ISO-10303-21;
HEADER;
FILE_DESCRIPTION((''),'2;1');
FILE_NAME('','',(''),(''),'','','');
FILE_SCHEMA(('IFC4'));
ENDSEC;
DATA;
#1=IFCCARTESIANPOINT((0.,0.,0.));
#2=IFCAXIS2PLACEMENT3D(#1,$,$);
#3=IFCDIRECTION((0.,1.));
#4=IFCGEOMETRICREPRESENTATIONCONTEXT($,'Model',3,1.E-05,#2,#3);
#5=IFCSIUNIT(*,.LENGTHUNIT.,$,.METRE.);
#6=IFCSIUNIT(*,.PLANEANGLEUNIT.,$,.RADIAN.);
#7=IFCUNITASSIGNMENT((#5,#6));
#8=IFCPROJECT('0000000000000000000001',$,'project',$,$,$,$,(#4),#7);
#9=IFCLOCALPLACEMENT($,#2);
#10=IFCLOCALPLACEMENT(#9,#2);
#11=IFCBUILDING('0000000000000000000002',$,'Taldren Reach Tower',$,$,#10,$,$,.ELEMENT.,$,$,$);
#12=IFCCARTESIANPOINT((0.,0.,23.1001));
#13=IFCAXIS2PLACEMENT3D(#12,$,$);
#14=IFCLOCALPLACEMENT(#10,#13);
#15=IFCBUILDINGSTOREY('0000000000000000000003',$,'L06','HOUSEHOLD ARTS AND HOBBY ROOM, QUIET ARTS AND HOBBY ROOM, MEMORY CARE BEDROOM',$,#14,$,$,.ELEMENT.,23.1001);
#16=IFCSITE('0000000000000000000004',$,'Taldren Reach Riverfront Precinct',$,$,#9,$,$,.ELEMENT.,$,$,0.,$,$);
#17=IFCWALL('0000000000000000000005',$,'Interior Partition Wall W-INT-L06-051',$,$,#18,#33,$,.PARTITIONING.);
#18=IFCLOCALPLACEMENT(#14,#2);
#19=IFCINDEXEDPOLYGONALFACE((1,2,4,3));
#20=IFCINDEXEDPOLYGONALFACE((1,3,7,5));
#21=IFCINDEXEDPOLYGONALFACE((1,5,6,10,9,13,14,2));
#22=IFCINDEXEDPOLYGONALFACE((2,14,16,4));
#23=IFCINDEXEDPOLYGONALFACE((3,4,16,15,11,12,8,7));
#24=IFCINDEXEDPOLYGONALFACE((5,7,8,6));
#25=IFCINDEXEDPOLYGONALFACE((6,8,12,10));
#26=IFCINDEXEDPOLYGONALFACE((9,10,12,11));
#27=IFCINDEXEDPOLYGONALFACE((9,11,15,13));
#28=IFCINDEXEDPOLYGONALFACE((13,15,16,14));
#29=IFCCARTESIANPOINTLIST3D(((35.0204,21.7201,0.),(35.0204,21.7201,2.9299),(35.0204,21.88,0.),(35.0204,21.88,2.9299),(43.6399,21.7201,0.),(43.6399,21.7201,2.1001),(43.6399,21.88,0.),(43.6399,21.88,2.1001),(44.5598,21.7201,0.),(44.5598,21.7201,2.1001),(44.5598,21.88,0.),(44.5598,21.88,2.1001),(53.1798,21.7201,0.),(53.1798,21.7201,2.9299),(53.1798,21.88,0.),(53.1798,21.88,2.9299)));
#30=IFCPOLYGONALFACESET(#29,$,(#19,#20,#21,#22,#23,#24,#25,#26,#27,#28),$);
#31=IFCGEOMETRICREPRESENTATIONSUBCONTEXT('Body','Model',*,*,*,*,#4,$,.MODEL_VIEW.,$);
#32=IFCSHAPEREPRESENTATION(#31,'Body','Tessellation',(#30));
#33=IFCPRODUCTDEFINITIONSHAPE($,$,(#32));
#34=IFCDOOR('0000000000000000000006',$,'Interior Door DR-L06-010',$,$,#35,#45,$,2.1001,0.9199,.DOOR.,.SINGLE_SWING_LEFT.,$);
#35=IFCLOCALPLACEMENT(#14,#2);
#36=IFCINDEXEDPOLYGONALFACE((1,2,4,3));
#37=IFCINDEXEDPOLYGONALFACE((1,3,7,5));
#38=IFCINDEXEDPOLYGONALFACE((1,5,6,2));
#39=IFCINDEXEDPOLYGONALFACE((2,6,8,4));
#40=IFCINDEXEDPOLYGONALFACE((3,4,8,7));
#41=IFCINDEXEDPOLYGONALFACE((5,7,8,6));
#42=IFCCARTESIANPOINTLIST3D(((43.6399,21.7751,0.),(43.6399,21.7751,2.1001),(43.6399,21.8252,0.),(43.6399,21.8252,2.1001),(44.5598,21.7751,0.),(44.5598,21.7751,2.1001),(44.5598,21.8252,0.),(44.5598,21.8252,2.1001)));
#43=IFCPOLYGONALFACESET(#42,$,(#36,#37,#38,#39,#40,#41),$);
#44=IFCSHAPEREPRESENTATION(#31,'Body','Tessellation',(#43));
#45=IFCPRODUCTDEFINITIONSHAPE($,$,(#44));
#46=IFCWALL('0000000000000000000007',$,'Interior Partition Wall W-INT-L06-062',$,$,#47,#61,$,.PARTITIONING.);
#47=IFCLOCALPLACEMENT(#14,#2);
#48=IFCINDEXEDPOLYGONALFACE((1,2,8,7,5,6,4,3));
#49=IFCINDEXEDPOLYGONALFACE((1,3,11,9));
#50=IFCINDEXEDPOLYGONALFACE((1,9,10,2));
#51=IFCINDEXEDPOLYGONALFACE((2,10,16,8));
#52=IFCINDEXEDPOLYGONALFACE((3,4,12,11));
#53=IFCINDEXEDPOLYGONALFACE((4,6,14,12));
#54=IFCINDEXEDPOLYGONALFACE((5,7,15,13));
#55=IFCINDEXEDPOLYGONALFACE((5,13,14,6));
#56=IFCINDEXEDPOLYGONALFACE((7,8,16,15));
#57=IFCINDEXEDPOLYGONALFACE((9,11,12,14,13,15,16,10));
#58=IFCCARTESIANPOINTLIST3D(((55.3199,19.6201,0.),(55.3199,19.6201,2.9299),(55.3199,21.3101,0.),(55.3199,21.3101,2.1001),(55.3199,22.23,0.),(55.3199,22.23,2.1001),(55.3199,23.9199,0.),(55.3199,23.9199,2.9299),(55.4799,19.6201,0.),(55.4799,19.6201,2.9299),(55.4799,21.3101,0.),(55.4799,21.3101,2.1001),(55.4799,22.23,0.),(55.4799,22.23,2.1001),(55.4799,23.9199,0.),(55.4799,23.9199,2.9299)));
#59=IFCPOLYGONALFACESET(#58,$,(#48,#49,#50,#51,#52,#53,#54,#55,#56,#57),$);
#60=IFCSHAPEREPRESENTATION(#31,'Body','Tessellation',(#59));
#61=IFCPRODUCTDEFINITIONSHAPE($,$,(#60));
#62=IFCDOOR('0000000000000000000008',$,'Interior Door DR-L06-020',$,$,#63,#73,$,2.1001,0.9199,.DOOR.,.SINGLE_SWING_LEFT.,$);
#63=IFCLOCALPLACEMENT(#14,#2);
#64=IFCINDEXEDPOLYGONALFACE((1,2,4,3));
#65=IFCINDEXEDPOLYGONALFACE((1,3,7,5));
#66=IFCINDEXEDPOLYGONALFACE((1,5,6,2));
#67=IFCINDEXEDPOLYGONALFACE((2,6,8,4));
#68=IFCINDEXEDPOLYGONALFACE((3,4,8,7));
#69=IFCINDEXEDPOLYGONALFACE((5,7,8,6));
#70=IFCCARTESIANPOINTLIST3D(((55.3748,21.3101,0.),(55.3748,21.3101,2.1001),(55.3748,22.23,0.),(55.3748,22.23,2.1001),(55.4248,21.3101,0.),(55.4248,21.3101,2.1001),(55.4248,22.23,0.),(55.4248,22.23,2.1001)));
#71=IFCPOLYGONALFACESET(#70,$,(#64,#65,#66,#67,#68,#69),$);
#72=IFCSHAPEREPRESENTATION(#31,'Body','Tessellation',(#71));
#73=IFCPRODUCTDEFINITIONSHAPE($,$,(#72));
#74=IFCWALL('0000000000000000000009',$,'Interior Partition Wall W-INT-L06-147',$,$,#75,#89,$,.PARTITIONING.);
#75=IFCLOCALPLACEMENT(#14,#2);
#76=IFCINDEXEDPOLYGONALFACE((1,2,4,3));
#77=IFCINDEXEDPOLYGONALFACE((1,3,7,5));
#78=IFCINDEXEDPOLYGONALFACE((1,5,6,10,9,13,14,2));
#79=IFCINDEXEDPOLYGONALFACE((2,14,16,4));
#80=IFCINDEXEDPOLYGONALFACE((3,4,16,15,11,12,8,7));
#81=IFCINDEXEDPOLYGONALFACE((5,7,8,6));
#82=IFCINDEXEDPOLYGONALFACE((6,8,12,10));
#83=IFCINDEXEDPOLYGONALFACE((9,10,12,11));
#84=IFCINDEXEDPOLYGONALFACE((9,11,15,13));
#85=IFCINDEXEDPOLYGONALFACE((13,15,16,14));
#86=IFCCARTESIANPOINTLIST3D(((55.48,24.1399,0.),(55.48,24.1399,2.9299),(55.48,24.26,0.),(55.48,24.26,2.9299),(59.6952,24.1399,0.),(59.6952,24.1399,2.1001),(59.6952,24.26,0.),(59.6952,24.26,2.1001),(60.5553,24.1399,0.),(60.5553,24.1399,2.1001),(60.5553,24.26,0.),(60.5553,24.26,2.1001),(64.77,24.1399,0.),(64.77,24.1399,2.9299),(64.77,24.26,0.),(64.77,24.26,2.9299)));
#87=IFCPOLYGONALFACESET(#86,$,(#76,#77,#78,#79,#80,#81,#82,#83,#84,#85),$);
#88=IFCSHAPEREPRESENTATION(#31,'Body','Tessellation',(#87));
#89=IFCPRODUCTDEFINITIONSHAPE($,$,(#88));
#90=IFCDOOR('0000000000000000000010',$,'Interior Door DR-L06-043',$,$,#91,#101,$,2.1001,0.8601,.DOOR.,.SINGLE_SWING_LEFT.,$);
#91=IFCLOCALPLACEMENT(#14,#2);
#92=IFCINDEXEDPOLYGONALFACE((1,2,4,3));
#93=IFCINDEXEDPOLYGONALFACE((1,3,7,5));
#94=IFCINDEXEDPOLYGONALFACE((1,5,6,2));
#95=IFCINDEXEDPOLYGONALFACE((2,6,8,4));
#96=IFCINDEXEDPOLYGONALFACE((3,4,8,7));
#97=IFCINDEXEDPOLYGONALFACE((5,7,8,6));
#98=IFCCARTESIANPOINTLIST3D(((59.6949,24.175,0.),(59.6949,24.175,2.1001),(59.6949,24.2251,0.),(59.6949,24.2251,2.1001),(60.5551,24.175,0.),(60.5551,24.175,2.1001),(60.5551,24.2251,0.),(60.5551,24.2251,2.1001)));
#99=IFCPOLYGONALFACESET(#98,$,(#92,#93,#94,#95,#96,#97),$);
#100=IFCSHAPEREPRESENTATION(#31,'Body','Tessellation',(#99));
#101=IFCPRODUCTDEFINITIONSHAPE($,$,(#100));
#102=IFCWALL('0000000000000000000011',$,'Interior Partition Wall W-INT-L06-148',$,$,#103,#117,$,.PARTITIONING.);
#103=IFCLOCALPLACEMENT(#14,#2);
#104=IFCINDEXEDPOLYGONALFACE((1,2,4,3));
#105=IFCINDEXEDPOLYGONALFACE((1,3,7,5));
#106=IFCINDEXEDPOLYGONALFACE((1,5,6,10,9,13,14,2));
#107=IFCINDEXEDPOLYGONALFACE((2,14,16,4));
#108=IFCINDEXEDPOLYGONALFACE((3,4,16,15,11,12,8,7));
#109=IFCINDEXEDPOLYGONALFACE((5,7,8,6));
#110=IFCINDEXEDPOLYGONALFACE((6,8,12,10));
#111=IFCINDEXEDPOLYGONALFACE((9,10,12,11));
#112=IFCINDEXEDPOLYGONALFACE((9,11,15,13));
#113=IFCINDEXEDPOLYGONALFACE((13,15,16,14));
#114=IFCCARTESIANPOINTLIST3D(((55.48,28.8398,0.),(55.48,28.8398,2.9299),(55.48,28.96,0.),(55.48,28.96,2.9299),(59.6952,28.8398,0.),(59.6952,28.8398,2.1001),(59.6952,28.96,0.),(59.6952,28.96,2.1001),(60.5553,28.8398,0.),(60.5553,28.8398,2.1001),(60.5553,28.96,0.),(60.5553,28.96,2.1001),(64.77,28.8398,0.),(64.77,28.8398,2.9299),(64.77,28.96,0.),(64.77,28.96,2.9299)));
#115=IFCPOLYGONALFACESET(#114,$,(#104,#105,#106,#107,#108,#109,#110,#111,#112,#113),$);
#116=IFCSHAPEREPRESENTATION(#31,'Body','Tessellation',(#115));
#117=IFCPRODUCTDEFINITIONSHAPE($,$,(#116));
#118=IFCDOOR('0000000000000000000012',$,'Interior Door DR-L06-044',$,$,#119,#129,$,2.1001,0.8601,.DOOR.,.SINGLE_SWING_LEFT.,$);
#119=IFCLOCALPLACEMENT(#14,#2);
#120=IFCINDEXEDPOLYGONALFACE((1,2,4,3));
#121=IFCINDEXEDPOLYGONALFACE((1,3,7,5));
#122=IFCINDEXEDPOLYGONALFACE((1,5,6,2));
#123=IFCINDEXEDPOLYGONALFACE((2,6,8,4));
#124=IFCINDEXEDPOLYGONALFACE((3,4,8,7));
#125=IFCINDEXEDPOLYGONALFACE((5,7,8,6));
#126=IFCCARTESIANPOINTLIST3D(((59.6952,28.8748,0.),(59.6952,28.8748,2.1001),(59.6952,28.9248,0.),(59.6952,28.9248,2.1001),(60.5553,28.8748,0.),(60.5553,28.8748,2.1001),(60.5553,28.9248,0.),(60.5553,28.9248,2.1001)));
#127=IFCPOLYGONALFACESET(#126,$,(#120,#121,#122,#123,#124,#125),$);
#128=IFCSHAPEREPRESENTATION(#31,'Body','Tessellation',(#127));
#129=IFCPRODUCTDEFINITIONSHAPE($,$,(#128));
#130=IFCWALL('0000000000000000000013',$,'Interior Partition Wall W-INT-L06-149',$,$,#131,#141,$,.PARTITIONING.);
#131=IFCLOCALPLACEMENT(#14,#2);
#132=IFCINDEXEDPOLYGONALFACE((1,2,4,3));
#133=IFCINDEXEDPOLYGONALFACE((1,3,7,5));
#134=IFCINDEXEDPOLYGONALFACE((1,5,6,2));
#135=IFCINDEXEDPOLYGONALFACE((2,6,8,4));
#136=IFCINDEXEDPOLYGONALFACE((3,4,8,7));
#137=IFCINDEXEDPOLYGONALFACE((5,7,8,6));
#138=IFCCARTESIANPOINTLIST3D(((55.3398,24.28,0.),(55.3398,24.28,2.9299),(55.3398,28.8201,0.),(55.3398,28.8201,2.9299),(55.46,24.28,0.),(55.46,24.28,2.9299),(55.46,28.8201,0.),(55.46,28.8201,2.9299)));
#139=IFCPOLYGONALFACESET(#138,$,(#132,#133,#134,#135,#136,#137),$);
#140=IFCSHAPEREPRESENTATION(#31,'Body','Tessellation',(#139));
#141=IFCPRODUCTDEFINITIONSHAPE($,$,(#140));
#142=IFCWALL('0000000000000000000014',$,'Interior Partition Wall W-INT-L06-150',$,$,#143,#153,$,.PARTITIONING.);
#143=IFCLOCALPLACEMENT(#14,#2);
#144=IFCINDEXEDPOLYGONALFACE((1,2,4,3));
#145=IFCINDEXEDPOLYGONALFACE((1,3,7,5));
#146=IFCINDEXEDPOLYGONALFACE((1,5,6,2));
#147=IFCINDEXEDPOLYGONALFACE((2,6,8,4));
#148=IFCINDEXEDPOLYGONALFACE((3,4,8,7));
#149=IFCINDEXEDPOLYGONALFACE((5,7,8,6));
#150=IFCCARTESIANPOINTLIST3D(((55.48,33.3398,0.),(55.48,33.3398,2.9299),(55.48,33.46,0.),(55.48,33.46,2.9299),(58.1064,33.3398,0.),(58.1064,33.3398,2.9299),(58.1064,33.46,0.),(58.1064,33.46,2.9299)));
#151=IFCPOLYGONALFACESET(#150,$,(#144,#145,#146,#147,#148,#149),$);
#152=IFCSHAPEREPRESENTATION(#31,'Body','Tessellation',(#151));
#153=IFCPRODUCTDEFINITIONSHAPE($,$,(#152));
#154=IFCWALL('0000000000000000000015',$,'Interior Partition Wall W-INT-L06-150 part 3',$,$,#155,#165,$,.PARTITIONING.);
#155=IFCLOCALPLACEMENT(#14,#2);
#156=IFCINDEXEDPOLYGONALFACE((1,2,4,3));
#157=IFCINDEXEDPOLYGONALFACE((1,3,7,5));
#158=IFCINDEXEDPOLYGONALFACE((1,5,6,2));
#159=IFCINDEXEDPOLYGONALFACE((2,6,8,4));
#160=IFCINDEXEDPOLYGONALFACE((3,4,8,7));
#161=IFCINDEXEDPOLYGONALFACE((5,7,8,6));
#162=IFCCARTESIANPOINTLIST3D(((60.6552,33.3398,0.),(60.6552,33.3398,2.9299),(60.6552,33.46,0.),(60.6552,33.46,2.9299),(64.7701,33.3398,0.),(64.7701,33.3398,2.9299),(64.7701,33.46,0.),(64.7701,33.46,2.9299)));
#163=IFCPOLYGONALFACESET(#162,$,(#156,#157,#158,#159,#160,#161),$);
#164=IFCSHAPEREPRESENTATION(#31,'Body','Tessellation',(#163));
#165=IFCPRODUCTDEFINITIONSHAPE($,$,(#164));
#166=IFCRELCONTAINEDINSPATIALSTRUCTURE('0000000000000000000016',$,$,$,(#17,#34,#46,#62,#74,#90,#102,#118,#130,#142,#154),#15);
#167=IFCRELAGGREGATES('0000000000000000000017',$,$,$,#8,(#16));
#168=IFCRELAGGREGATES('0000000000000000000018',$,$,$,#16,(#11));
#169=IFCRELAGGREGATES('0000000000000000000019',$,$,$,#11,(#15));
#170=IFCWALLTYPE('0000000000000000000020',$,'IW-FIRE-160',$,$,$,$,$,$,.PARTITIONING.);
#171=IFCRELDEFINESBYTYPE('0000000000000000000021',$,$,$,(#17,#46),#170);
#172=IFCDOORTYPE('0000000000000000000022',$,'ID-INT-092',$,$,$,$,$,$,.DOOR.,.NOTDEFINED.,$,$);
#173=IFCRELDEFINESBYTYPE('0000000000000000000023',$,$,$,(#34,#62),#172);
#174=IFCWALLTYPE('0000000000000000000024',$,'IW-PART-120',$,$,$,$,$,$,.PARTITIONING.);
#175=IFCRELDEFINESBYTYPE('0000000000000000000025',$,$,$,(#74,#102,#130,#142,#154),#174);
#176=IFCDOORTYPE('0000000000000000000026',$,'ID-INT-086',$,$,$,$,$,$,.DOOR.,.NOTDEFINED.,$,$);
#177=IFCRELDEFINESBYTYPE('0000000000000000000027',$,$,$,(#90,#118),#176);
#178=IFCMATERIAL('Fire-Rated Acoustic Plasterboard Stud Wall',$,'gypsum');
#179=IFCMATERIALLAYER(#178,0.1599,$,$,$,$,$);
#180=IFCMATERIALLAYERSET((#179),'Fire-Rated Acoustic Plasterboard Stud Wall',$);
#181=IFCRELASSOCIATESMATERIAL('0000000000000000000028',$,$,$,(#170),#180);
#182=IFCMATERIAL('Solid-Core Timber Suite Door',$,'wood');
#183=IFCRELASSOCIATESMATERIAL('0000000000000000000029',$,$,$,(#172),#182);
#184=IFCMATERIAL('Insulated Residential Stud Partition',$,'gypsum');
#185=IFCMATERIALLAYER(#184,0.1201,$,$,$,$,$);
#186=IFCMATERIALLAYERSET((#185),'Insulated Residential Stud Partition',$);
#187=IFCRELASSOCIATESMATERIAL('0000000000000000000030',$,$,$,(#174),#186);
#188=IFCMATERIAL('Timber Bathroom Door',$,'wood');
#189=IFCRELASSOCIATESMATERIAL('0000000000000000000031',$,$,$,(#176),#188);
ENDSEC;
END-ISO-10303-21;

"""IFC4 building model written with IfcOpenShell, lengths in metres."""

from ifc_helpers import new_model, si_unit, direction, frame, frame_2d, origin, place, context, subcontext, project, spatial, rectangle, extrude, source, transform, mapped, material, layer, layer_set, type_object, element, fill, save


model = new_model("IFC4")

# Units and contexts
model_context = context("Model", 3, precision=1e-05, world=origin(), true_north=direction((0.0, 1.0)))
body_context = subcontext(model_context, "Body", "Model", "MODEL_VIEW")
ifc_project = project(units=[si_unit("LENGTHUNIT", "METRE"), si_unit("PLANEANGLEUNIT", "RADIAN")], contexts=[model_context])

# Site, building, storey
site_placement = place(None, origin())
site = spatial("IfcSite", under=ifc_project, at=site_placement, Name="Taldren Reach Riverfront Precinct", CompositionType="ELEMENT", RefElevation=0.0)
building_placement = place(site_placement, origin())
building = spatial("IfcBuilding", under=site, at=building_placement, Name="Taldren Reach Tower", CompositionType="ELEMENT")
storey_placement = place(building_placement, frame((0.0, 0.0, 23.1001)))
storey = spatial("IfcBuildingStorey", under=building, at=storey_placement, Name="L06", Description="HOUSEHOLD ARTS AND HOBBY ROOM, QUIET ARTS AND HOBBY ROOM, MEMORY CARE BEDROOM", CompositionType="ELEMENT", Elevation=23.1001)

# Shared definitions
ifc_material_1 = material(Name="Fire-Rated Acoustic Plasterboard Stud Wall", Category="gypsum")
ifc_layer_1 = layer(ifc_material_1, 0.1599)
ifc_layer_set_1 = layer_set([ifc_layer_1], Name="Fire-Rated Acoustic Plasterboard Stud Wall")
wall_type_1 = type_object("IfcWallType", Name="IW-FIRE-160", PredefinedType="PARTITIONING", material=ifc_layer_set_1)

# Walls, openings, doors
shared_shape_1 = source(origin(), body_context, "Body", "SweptSolid", [
    extrude(rectangle(XDim=18.1594, YDim=0.1599, at=frame_2d((9.0796, 0.0))), origin(), (0.0, 0.0, 1.0), 2.9299),
])
wall_1_placement = place(storey_placement, frame((53.1797, 21.8, 0.0), z_axis=(0.0, 0.0, 1.0), x_axis=(-1.0, 0.0, 0.0)))
wall_1 = element("IfcWall", 1, at=wall_1_placement, inside=storey, type_object=wall_type_1, Name="Interior Partition Wall W-INT-L06-051", PredefinedType="PARTITIONING", context=body_context, shape_type="MappedRepresentation", body=[
    mapped(shared_shape_1, transform((0.0, 0.0, 0.0), scale=1.0)),
])
shared_shape_2 = source(origin(), body_context, "Body", "SweptSolid", [
    extrude(rectangle(XDim=0.9199, YDim=2.1001, at=frame_2d((0.46, 1.05))), frame((0.0, 0.0898, 0.0), z_axis=(0.0, -1.0, 0.0), x_axis=(1.0, 0.0, 0.0)), (0.0, 0.0, 1.0), 0.1799),
])
opening_1_placement = place(wall_1_placement, frame((8.6199, 0.0, 0.0)))
opening_1 = element("IfcOpeningElement", 2, at=opening_1_placement, cuts=wall_1, PredefinedType="OPENING", context=body_context, shape_type="MappedRepresentation", body=[
    mapped(shared_shape_2, transform((0.0, 0.0, 0.0), scale=1.0)),
])
ifc_material_2 = material(Name="Solid-Core Timber Suite Door", Category="wood")
door_type_1 = type_object("IfcDoorType", Name="ID-INT-092", OperationType="NOTDEFINED", PredefinedType="DOOR", material=ifc_material_2)
shared_shape_3 = source(origin(), body_context, "Body", "SweptSolid", [
    extrude(rectangle(XDim=0.9199, YDim=2.1001, at=frame_2d((0.46, 1.05))), frame((0.0, 0.0249, 0.0), z_axis=(0.0, -1.0, 0.0), x_axis=(1.0, 0.0, 0.0)), (0.0, 0.0, 1.0), 0.05),
])
door_1_placement = place(opening_1_placement, origin())
door_1 = element("IfcDoor", 3, at=door_1_placement, inside=storey, type_object=door_type_1, Name="Interior Door DR-L06-010", OperationType="SINGLE_SWING_LEFT", OverallHeight=2.1001, OverallWidth=0.9199, PredefinedType="DOOR", context=body_context, shape_type="MappedRepresentation", body=[
    mapped(shared_shape_3, transform((0.0, 0.0, 0.0), scale=1.0)),
])
fill(opening_1, door_1)
shared_shape_4 = source(origin(), body_context, "Body", "SweptSolid", [
    extrude(rectangle(XDim=4.2998, YDim=0.1599, at=frame_2d((2.1499, 0.0))), origin(), (0.0, 0.0, 1.0), 2.9299),
])
wall_2_placement = place(storey_placement, frame((55.3999, 23.9199, 0.0), z_axis=(0.0, 0.0, 1.0), x_axis=(0.0, -1.0, 0.0)))
wall_2 = element("IfcWall", 4, at=wall_2_placement, inside=storey, type_object=wall_type_1, Name="Interior Partition Wall W-INT-L06-062", PredefinedType="PARTITIONING", context=body_context, shape_type="MappedRepresentation", body=[
    mapped(shared_shape_4, transform((0.0, 0.0, 0.0), scale=1.0)),
])
opening_2_placement = place(wall_2_placement, frame((1.6899, 0.0, 0.0)))
opening_2 = element("IfcOpeningElement", 5, at=opening_2_placement, cuts=wall_2, PredefinedType="OPENING", context=body_context, shape_type="MappedRepresentation", body=[
    mapped(shared_shape_2, transform((0.0, 0.0, 0.0), scale=1.0)),
])
door_2_placement = place(opening_2_placement, origin())
door_2 = element("IfcDoor", 6, at=door_2_placement, inside=storey, type_object=door_type_1, Name="Interior Door DR-L06-020", OperationType="SINGLE_SWING_LEFT", OverallHeight=2.1001, OverallWidth=0.9199, PredefinedType="DOOR", context=body_context, shape_type="MappedRepresentation", body=[
    mapped(shared_shape_3, transform((0.0, 0.0, 0.0), scale=1.0)),
])
fill(opening_2, door_2)
ifc_material_3 = material(Name="Insulated Residential Stud Partition", Category="gypsum")
ifc_layer_2 = layer(ifc_material_3, 0.1201)
ifc_layer_set_2 = layer_set([ifc_layer_2], Name="Insulated Residential Stud Partition")
wall_type_2 = type_object("IfcWallType", Name="IW-PART-120", PredefinedType="PARTITIONING", material=ifc_layer_set_2)
shared_shape_5 = source(origin(), body_context, "Body", "SweptSolid", [
    extrude(rectangle(XDim=9.29, YDim=0.1201, at=frame_2d((4.645, 0.0))), origin(), (0.0, 0.0, 1.0), 2.9299),
])
wall_3_placement = place(storey_placement, frame((55.48, 24.2, 0.0), z_axis=(0.0, 0.0, 1.0), x_axis=(1.0, 0.0, 0.0)))
wall_3 = element("IfcWall", 7, at=wall_3_placement, inside=storey, type_object=wall_type_2, Name="Interior Partition Wall W-INT-L06-147", PredefinedType="PARTITIONING", context=body_context, shape_type="MappedRepresentation", body=[
    mapped(shared_shape_5, transform((0.0, 0.0, 0.0), scale=1.0)),
])
shared_shape_6 = source(origin(), body_context, "Body", "SweptSolid", [
    extrude(rectangle(XDim=0.8601, YDim=2.1001, at=frame_2d((0.4302, 1.05))), frame((0.0, 0.0701, 0.0), z_axis=(0.0, -1.0, 0.0), x_axis=(1.0, 0.0, 0.0)), (0.0, 0.0, 1.0), 0.1401),
])
opening_3_placement = place(wall_3_placement, frame((4.2151, 0.0, 0.0)))
opening_3 = element("IfcOpeningElement", 8, at=opening_3_placement, cuts=wall_3, PredefinedType="OPENING", context=body_context, shape_type="MappedRepresentation", body=[
    mapped(shared_shape_6, transform((0.0, 0.0, 0.0), scale=1.0)),
])
ifc_material_4 = material(Name="Timber Bathroom Door", Category="wood")
door_type_2 = type_object("IfcDoorType", Name="ID-INT-086", OperationType="NOTDEFINED", PredefinedType="DOOR", material=ifc_material_4)
shared_shape_7 = source(origin(), body_context, "Body", "SweptSolid", [
    extrude(rectangle(XDim=0.8601, YDim=2.1001, at=frame_2d((0.4302, 1.05))), frame((0.0, 0.0249, 0.0), z_axis=(0.0, -1.0, 0.0), x_axis=(1.0, 0.0, 0.0)), (0.0, 0.0, 1.0), 0.05),
])
door_3_placement = place(opening_3_placement, frame((0.8601, 0.0, 0.0), z_axis=(0.0, 0.0, 1.0), x_axis=(-1.0, 0.0, 0.0)))
door_3 = element("IfcDoor", 9, at=door_3_placement, inside=storey, type_object=door_type_2, Name="Interior Door DR-L06-043", OperationType="SINGLE_SWING_LEFT", OverallHeight=2.1001, OverallWidth=0.8601, PredefinedType="DOOR", context=body_context, shape_type="MappedRepresentation", body=[
    mapped(shared_shape_7, transform((0.0, 0.0, 0.0), scale=1.0)),
])
fill(opening_3, door_3)
wall_4_placement = place(storey_placement, frame((55.48, 28.8999, 0.0), z_axis=(0.0, 0.0, 1.0), x_axis=(1.0, 0.0, 0.0)))
wall_4 = element("IfcWall", 10, at=wall_4_placement, inside=storey, type_object=wall_type_2, Name="Interior Partition Wall W-INT-L06-148", PredefinedType="PARTITIONING", context=body_context, shape_type="MappedRepresentation", body=[
    mapped(shared_shape_5, transform((0.0, 0.0, 0.0), scale=1.0)),
])
opening_4_placement = place(wall_4_placement, frame((4.2151, 0.0, 0.0)))
opening_4 = element("IfcOpeningElement", 11, at=opening_4_placement, cuts=wall_4, PredefinedType="OPENING", context=body_context, shape_type="MappedRepresentation", body=[
    mapped(shared_shape_6, transform((0.0, 0.0, 0.0), scale=1.0)),
])
door_4_placement = place(opening_4_placement, origin())
door_4 = element("IfcDoor", 12, at=door_4_placement, inside=storey, type_object=door_type_2, Name="Interior Door DR-L06-044", OperationType="SINGLE_SWING_LEFT", OverallHeight=2.1001, OverallWidth=0.8601, PredefinedType="DOOR", context=body_context, shape_type="MappedRepresentation", body=[
    mapped(shared_shape_7, transform((0.0, 0.0, 0.0), scale=1.0)),
])
fill(opening_4, door_4)

# Walls
shared_shape_8 = source(origin(), body_context, "Body", "SweptSolid", [
    extrude(rectangle(XDim=4.54, YDim=0.1201, at=frame_2d((2.27, 0.0))), origin(), (0.0, 0.0, 1.0), 2.9299),
])
wall_5_placement = place(storey_placement, frame((55.3999, 24.28, 0.0), z_axis=(0.0, 0.0, 1.0), x_axis=(0.0, 1.0, 0.0)))
element("IfcWall", 13, at=wall_5_placement, inside=storey, type_object=wall_type_2, Name="Interior Partition Wall W-INT-L06-149", PredefinedType="PARTITIONING", context=body_context, shape_type="MappedRepresentation", body=[
    mapped(shared_shape_8, transform((0.0, 0.0, 0.0), scale=1.0)),
])
shared_shape_9 = source(origin(), body_context, "Body", "SweptSolid", [
    extrude(rectangle(XDim=2.6265, YDim=0.1201, at=frame_2d((1.3132, 0.0))), origin(), (0.0, 0.0, 1.0), 2.9299),
])
wall_6_placement = place(storey_placement, frame((55.48, 33.3999, 0.0), z_axis=(0.0, 0.0, 1.0), x_axis=(1.0, 0.0, 0.0)))
element("IfcWall", 14, at=wall_6_placement, inside=storey, type_object=wall_type_2, Name="Interior Partition Wall W-INT-L06-150", PredefinedType="PARTITIONING", context=body_context, shape_type="MappedRepresentation", body=[
    mapped(shared_shape_9, transform((0.0, 0.0, 0.0), scale=1.0)),
])
shared_shape_10 = source(origin(), body_context, "Body", "SweptSolid", [
    extrude(rectangle(XDim=4.115, YDim=0.1201, at=frame_2d((2.0576, 0.0))), origin(), (0.0, 0.0, 1.0), 2.9299),
])
wall_7_placement = place(storey_placement, frame((60.655, 33.3999, 0.0), z_axis=(0.0, 0.0, 1.0), x_axis=(1.0, 0.0, 0.0)))
element("IfcWall", 15, at=wall_7_placement, inside=storey, type_object=wall_type_2, Name="Interior Partition Wall W-INT-L06-150 part 3", PredefinedType="PARTITIONING", context=body_context, shape_type="MappedRepresentation", body=[
    mapped(shared_shape_10, transform((0.0, 0.0, 0.0), scale=1.0)),
])

save(model, "model.ifc")
